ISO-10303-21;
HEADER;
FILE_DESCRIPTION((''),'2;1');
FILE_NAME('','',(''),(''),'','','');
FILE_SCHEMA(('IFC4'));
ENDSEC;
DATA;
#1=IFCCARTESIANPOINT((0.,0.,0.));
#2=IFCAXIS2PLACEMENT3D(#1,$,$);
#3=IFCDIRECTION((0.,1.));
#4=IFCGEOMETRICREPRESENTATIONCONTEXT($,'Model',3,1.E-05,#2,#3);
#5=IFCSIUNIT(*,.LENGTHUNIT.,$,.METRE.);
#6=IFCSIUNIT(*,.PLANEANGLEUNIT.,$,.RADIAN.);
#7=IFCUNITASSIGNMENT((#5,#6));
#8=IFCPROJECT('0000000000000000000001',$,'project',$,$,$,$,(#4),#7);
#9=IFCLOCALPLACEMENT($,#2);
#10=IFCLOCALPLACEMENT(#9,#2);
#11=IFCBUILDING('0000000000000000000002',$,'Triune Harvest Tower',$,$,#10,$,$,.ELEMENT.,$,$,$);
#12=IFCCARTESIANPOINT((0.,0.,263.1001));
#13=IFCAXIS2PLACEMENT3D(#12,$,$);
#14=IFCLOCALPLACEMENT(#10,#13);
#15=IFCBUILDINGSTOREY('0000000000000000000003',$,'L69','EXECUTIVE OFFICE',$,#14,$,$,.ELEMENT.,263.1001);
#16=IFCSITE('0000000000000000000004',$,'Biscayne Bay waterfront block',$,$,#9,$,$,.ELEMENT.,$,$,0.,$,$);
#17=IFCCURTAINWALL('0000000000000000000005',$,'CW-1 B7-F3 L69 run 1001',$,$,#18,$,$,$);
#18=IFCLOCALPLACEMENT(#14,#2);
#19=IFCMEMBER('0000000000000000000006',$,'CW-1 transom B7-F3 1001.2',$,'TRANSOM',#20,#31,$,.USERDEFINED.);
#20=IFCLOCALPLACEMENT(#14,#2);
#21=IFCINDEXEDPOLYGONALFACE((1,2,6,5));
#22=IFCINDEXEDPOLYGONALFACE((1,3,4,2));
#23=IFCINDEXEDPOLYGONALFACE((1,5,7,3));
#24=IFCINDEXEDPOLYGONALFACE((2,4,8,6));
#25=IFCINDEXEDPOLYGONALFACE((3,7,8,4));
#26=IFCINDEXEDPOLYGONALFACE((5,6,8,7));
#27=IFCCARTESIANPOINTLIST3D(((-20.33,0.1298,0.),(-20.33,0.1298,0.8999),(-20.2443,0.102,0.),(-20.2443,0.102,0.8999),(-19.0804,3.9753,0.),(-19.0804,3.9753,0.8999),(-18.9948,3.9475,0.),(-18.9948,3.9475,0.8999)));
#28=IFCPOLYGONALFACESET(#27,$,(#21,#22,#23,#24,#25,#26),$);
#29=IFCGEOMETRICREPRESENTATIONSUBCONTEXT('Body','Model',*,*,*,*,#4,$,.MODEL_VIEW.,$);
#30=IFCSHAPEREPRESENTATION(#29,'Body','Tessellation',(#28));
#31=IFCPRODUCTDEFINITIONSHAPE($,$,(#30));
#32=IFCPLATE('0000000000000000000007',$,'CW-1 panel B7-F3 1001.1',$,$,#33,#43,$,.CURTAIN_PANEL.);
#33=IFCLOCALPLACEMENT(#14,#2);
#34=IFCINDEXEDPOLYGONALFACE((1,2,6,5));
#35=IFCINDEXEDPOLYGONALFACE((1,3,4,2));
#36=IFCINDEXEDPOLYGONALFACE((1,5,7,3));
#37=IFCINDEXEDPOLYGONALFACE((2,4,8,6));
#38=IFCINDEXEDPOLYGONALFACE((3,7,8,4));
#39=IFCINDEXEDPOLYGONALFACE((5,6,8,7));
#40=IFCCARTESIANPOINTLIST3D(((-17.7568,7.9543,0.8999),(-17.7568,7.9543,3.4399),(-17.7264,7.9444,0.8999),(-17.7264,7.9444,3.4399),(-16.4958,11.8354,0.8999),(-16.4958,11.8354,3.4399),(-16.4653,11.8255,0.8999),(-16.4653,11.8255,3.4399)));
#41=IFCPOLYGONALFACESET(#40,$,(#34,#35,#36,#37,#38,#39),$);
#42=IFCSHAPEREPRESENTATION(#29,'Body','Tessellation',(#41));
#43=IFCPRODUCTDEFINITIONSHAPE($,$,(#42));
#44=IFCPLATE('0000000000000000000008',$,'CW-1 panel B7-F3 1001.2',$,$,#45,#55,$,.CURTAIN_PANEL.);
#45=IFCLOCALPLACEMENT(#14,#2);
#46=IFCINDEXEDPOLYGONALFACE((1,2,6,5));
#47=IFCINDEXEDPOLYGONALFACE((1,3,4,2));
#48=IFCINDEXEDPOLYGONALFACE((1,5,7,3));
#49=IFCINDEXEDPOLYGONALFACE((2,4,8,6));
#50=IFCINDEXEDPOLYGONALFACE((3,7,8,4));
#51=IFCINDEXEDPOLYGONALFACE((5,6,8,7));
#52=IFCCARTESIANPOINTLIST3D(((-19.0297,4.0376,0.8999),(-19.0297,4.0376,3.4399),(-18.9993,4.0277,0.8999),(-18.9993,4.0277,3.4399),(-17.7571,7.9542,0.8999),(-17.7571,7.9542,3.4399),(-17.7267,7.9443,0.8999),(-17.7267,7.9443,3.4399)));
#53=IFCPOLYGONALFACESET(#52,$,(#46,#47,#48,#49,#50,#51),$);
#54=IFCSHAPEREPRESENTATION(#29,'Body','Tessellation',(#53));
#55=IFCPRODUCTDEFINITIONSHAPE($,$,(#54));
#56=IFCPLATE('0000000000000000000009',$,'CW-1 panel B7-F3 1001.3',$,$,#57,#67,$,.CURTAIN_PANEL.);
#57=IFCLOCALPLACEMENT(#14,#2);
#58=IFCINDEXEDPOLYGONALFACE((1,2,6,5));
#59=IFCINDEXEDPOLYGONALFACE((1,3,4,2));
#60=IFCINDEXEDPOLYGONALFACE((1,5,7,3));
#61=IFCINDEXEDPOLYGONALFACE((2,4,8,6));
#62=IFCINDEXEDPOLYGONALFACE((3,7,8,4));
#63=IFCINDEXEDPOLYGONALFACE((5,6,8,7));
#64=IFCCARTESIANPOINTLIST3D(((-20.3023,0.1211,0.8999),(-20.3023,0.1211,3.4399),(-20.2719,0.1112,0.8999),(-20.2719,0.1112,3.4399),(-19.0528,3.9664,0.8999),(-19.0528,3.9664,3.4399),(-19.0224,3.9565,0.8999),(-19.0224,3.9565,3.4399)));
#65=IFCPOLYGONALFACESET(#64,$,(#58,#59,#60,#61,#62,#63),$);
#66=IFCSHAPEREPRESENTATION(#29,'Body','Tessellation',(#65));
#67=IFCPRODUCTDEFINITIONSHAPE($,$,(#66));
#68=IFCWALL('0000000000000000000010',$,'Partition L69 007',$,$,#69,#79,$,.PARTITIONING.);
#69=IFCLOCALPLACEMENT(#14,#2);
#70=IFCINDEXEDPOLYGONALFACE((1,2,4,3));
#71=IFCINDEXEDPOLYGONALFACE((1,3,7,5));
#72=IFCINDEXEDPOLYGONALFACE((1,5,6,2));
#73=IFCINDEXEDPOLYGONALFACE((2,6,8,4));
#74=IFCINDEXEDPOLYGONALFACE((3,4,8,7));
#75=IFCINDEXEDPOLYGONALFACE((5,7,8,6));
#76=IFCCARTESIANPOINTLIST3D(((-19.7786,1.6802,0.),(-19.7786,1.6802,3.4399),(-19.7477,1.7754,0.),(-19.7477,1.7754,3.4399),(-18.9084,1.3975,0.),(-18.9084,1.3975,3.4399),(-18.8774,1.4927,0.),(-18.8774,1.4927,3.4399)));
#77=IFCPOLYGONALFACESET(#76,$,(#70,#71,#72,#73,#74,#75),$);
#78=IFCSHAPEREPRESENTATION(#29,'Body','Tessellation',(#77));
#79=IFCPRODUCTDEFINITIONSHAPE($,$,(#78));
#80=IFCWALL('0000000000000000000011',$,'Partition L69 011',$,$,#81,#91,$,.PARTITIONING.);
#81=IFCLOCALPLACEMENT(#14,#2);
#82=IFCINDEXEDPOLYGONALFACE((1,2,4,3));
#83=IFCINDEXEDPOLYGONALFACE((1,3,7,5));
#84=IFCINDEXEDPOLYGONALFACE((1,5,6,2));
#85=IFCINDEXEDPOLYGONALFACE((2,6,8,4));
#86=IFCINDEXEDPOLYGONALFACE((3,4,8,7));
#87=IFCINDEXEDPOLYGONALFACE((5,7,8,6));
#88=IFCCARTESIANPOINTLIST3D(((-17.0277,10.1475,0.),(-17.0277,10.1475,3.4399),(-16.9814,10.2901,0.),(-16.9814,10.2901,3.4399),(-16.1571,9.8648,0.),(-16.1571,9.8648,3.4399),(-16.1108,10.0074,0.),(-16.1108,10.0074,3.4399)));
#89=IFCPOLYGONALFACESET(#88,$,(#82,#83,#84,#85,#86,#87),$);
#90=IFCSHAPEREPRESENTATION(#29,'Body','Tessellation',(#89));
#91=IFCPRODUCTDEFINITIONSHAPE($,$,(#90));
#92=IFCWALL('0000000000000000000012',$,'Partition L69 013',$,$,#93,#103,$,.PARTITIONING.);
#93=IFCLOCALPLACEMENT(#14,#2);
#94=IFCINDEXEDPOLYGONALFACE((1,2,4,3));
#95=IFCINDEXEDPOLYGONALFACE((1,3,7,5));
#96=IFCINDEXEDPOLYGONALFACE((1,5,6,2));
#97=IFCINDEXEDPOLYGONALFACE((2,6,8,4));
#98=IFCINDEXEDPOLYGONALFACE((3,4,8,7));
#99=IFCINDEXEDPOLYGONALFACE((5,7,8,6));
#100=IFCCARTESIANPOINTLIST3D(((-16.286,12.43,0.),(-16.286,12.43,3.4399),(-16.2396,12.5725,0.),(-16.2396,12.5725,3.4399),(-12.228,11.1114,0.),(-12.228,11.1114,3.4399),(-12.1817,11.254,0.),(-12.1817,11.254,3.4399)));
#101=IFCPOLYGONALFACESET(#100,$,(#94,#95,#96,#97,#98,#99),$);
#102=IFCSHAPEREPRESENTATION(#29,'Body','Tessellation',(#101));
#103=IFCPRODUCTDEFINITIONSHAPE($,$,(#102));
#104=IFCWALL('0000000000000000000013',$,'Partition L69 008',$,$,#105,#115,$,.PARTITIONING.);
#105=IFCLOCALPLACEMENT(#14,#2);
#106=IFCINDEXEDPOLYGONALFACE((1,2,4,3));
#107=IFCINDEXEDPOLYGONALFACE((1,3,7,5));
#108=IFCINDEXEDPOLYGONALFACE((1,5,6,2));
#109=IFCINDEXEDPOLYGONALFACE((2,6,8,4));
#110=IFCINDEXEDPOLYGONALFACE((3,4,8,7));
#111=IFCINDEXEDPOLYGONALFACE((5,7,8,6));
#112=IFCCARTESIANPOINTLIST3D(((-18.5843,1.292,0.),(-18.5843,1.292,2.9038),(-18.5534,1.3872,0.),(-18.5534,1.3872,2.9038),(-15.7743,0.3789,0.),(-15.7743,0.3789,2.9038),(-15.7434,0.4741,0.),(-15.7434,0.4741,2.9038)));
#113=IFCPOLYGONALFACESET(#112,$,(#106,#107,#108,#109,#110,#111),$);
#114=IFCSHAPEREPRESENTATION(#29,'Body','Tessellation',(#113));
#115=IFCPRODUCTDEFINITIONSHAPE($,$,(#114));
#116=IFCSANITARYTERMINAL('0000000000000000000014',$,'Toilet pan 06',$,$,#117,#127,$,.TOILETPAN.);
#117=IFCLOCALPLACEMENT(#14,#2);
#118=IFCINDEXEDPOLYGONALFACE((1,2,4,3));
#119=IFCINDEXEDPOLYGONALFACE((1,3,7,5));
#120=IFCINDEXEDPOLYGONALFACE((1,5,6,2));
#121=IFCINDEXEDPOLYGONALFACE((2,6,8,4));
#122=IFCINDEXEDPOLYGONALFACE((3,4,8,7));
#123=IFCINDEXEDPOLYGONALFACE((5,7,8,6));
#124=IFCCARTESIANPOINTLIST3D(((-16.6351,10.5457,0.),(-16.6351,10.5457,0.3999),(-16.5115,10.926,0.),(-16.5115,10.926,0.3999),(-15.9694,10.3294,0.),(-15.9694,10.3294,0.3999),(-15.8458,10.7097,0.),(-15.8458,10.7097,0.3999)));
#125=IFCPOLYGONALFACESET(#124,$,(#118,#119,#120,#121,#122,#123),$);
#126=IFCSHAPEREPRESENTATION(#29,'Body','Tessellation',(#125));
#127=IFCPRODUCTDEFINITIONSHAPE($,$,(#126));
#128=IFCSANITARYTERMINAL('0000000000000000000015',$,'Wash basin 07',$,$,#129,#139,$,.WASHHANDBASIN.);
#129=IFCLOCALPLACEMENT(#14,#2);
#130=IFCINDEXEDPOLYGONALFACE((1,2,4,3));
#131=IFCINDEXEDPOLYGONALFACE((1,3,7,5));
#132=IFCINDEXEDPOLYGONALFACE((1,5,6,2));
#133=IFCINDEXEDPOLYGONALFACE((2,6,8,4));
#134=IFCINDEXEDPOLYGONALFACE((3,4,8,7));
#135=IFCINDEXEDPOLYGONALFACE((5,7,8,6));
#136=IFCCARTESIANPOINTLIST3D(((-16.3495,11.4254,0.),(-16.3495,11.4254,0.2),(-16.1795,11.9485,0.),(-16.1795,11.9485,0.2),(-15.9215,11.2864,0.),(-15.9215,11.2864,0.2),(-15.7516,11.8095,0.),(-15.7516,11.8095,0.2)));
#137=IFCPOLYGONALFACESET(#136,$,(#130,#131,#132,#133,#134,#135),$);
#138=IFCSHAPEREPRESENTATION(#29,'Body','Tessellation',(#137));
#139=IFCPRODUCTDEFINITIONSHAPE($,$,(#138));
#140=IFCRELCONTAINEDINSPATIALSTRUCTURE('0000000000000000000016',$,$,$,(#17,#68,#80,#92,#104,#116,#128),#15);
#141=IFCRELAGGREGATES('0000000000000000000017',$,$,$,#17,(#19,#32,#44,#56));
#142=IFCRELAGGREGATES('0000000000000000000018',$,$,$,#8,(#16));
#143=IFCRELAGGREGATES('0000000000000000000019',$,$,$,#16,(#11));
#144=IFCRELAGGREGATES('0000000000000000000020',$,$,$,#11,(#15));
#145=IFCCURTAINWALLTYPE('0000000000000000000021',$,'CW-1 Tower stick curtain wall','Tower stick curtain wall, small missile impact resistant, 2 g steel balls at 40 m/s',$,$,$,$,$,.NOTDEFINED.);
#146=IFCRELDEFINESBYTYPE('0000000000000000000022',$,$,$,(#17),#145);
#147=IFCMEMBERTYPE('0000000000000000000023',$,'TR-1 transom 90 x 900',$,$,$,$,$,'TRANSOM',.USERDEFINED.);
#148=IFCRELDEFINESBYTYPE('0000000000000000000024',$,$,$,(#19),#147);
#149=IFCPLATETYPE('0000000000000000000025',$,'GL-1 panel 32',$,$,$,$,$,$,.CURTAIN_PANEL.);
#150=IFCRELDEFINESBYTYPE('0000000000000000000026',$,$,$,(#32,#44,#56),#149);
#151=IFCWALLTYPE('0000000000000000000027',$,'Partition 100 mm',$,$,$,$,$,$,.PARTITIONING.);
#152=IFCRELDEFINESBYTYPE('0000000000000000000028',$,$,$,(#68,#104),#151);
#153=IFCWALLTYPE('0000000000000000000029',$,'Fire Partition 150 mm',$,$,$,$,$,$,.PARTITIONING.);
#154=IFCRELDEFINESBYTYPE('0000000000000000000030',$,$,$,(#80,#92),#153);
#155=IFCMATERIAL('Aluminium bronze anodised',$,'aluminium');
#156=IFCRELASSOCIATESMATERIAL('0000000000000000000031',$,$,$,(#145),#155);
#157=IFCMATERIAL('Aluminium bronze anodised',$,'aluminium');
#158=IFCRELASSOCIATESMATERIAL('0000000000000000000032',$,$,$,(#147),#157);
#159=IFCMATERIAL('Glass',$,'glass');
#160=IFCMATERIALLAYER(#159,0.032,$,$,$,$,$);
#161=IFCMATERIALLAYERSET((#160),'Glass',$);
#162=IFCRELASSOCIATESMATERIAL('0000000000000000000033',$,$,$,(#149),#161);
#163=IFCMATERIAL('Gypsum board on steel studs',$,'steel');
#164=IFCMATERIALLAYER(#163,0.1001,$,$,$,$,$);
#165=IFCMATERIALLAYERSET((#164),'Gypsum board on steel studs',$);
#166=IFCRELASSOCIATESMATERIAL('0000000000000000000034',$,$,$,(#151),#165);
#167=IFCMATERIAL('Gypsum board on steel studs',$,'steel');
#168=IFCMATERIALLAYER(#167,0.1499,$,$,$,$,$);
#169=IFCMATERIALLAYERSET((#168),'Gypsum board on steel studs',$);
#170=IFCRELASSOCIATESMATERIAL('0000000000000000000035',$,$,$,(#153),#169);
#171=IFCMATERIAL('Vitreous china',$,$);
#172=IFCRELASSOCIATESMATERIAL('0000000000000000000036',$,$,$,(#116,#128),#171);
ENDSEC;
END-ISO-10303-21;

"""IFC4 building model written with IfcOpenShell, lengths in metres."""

from ifc_helpers import new_model, si_unit, direction, frame, frame_2d, origin, origin_2d, place, context, subcontext, project, spatial, rectangle, extrude, source, transform, mapped, material, layer, layer_set, material_profile, profile_set, type_object, element, aggregate, save


model = new_model("IFC4")

# Units and contexts
model_context = context("Model", 3, precision=1e-05, world=origin(), true_north=direction((0.0, 1.0)))
body_context = subcontext(model_context, "Body", "Model", "MODEL_VIEW")
ifc_project = project(units=[si_unit("LENGTHUNIT", "METRE"), si_unit("PLANEANGLEUNIT", "RADIAN")], contexts=[model_context])

# Site, building, storey
site_placement = place(None, origin())
site = spatial("IfcSite", under=ifc_project, at=site_placement, Name="Biscayne Bay waterfront block", CompositionType="ELEMENT", RefElevation=0.0)
building_placement = place(site_placement, origin())
building = spatial("IfcBuilding", under=site, at=building_placement, Name="Triune Harvest Tower", CompositionType="ELEMENT")
storey_placement = place(building_placement, frame((0.0, 0.0, 263.1001)))
storey = spatial("IfcBuildingStorey", under=building, at=storey_placement, Name="L69", Description="EXECUTIVE OFFICE", CompositionType="ELEMENT", Elevation=263.1001)

# Curtain wall, member, plates
ifc_material_1 = material(Name="Aluminium bronze anodised", Category="aluminium")
curtain_wall_type_1 = type_object("IfcCurtainWallType", Name="CW-1 Tower stick curtain wall", Description="Tower stick curtain wall, small missile impact resistant, 2 g steel balls at 40 m/s", PredefinedType="NOTDEFINED", material=ifc_material_1)
curtain_wall_1_placement = place(storey_placement, origin())
curtain_wall_1 = element("IfcCurtainWall", 1, at=curtain_wall_1_placement, inside=storey, type_object=curtain_wall_type_1, Name="CW-1 B7-F3 L69 run 1001")
ifc_material_2 = material(Name="Aluminium bronze anodised", Category="aluminium")
ifc_material_profile_1 = material_profile(ifc_material_2, rectangle(XDim=0.0901, YDim=0.8999, at=origin_2d()), Name="TR-1 transom 90 x 900")
ifc_profile_set_1 = profile_set([ifc_material_profile_1], Name="Aluminium bronze anodised")
member_type_1 = type_object("IfcMemberType", Name="TR-1 transom 90 x 900", ElementType="TRANSOM", PredefinedType="USERDEFINED", material=ifc_profile_set_1)
shared_shape_1 = source(origin(), body_context, "Body", "SweptSolid", [
    extrude(rectangle(XDim=0.0901, YDim=0.8999, at=origin_2d()), origin(), (0.0, 0.0, 1.0), 4.0435),
])
member_1_placement = place(storey_placement, frame((-19.0376, 3.9614, 0.45), z_axis=(-0.309027, -0.951053, 0.0), x_axis=(0.951053, -0.309027, 0.0)))
member_1 = element("IfcMember", 2, at=member_1_placement, type_object=member_type_1, Name="CW-1 transom B7-F3 1001.2", ObjectType="TRANSOM", PredefinedType="USERDEFINED", context=body_context, shape_type="MappedRepresentation", body=[
    mapped(shared_shape_1, transform((0.0, 0.0, 0.0), scale=1.0)),
])
ifc_material_3 = material(Name="Glass", Category="glass")
ifc_layer_1 = layer(ifc_material_3, 0.032)
ifc_layer_set_1 = layer_set([ifc_layer_1], Name="Glass")
plate_type = type_object("IfcPlateType", Name="GL-1 panel 32", PredefinedType="CURTAIN_PANEL", material=ifc_layer_set_1)
shared_shape_2 = source(origin(), body_context, "Body", "SweptSolid", [
    extrude(rectangle(XDim=4.0808, YDim=0.032, at=origin_2d()), origin(), (0.0, 0.0, 1.0), 2.54),
])
plate_1_placement = place(storey_placement, frame((-17.1111, 9.8899, 0.8999), z_axis=(0.0, 0.0, 1.0), x_axis=(-0.309024, -0.951054, 0.0)))
plate_1 = element("IfcPlate", 3, at=plate_1_placement, type_object=plate_type, Name="CW-1 panel B7-F3 1001.1", PredefinedType="CURTAIN_PANEL", context=body_context, shape_type="MappedRepresentation", body=[
    mapped(shared_shape_2, transform((0.0, 0.0, 0.0), scale=1.0)),
])
shared_shape_3 = source(origin(), body_context, "Body", "SweptSolid", [
    extrude(rectangle(XDim=4.1182, YDim=0.032, at=origin_2d()), origin(), (0.0, 0.0, 1.0), 2.54),
])
plate_2_placement = place(storey_placement, frame((-18.3782, 5.991, 0.8999), z_axis=(0.0, 0.0, 1.0), x_axis=(-0.309024, -0.951054, 0.0)))
plate_2 = element("IfcPlate", 4, at=plate_2_placement, type_object=plate_type, Name="CW-1 panel B7-F3 1001.2", PredefinedType="CURTAIN_PANEL", context=body_context, shape_type="MappedRepresentation", body=[
    mapped(shared_shape_3, transform((0.0, 0.0, 0.0), scale=1.0)),
])
shared_shape_4 = source(origin(), body_context, "Body", "SweptSolid", [
    extrude(rectangle(XDim=4.0432, YDim=0.032, at=origin_2d()), origin(), (0.0, 0.0, 1.0), 2.54),
])
plate_3_placement = place(storey_placement, frame((-19.6624, 2.0388, 0.8999), z_axis=(0.0, 0.0, 1.0), x_axis=(-0.309024, -0.951054, 0.0)))
plate_3 = element("IfcPlate", 5, at=plate_3_placement, type_object=plate_type, Name="CW-1 panel B7-F3 1001.3", PredefinedType="CURTAIN_PANEL", context=body_context, shape_type="MappedRepresentation", body=[
    mapped(shared_shape_4, transform((0.0, 0.0, 0.0), scale=1.0)),
])
aggregate(curtain_wall_1, [member_1, plate_1, plate_2, plate_3])

# Walls
ifc_material_4 = material(Name="Gypsum board on steel studs", Category="steel")
ifc_layer_2 = layer(ifc_material_4, 0.1001)
ifc_layer_set_2 = layer_set([ifc_layer_2], Name="Gypsum board on steel studs")
wall_type_1 = type_object("IfcWallType", Name="Partition 100 mm", PredefinedType="PARTITIONING", material=ifc_layer_set_2)
shared_shape_5 = source(origin(), body_context, "Body", "SweptSolid", [
    extrude(rectangle(XDim=0.915, YDim=0.1001, at=frame_2d((0.4575, 0.0))), origin(), (0.0, 0.0, 1.0), 3.4399),
])
wall_1_placement = place(storey_placement, frame((-19.7632, 1.7278, 0.0), z_axis=(0.0, 0.0, 1.0), x_axis=(0.951083, -0.308935, 0.0)))
element("IfcWall", 6, at=wall_1_placement, inside=storey, type_object=wall_type_1, Name="Partition L69 007", PredefinedType="PARTITIONING", context=body_context, shape_type="MappedRepresentation", body=[
    mapped(shared_shape_5, transform((0.0, 0.0, 0.0), scale=1.0)),
])
ifc_material_5 = material(Name="Gypsum board on steel studs", Category="steel")
ifc_layer_3 = layer(ifc_material_5, 0.1499)
ifc_layer_set_3 = layer_set([ifc_layer_3], Name="Gypsum board on steel studs")
wall_type_2 = type_object("IfcWallType", Name="Fire Partition 150 mm", PredefinedType="PARTITIONING", material=ifc_layer_set_3)
shared_shape_6 = source(origin(), body_context, "Body", "SweptSolid", [
    extrude(rectangle(XDim=0.9153, YDim=0.1499, at=frame_2d((0.4575, 0.0))), origin(), (0.0, 0.0, 1.0), 3.4399),
])
wall_2_placement = place(storey_placement, frame((-17.0044, 10.2188, 0.0), z_axis=(0.0, 0.0, 1.0), x_axis=(0.951109, -0.308857, 0.0)))
element("IfcWall", 7, at=wall_2_placement, inside=storey, type_object=wall_type_2, Name="Partition L69 011", PredefinedType="PARTITIONING", context=body_context, shape_type="MappedRepresentation", body=[
    mapped(shared_shape_6, transform((0.0, 0.0, 0.0), scale=1.0)),
])
shared_shape_7 = source(origin(), body_context, "Body", "SweptSolid", [
    extrude(rectangle(XDim=4.2668, YDim=0.1499, at=frame_2d((2.1333, 0.0))), origin(), (0.0, 0.0, 1.0), 3.4399),
])
wall_3_placement = place(storey_placement, frame((-16.2627, 12.5012, 0.0), z_axis=(0.0, 0.0, 1.0), x_axis=(0.951053, -0.309027, 0.0)))
element("IfcWall", 8, at=wall_3_placement, inside=storey, type_object=wall_type_2, Name="Partition L69 013", PredefinedType="PARTITIONING", context=body_context, shape_type="MappedRepresentation", body=[
    mapped(shared_shape_7, transform((0.0, 0.0, 0.0), scale=1.0)),
])
shared_shape_8 = source(origin(), body_context, "Body", "SweptSolid", [
    extrude(rectangle(XDim=2.9546, YDim=0.1001, at=frame_2d((1.4773, 0.0))), origin(), (0.0, 0.0, 1.0), 2.9038),
])
wall_4_placement = place(storey_placement, frame((-18.5688, 1.3396, 0.0), z_axis=(0.0, 0.0, 1.0), x_axis=(0.951052, -0.30903, 0.0)))
element("IfcWall", 9, at=wall_4_placement, inside=storey, type_object=wall_type_1, Name="Partition L69 008", PredefinedType="PARTITIONING", context=body_context, shape_type="MappedRepresentation", body=[
    mapped(shared_shape_8, transform((0.0, 0.0, 0.0), scale=1.0)),
])

# Sanitary terminals
ifc_material_6 = material(Name="Vitreous china")
shared_shape_9 = source(origin(), body_context, "Body", "SweptSolid", [
    extrude(rectangle(XDim=0.3999, YDim=0.7, at=origin_2d()), origin(), (0.0, 0.0, 1.0), 0.3999),
])
sanitary_terminal_1_placement = place(storey_placement, frame((-16.2405, 10.6277, 0.0), z_axis=(0.0, 0.0, 1.0), x_axis=(0.308984, 0.951067, 0.0)))
element("IfcSanitaryTerminal", 10, at=sanitary_terminal_1_placement, inside=storey, material=ifc_material_6, Name="Toilet pan 06", PredefinedType="TOILETPAN", context=body_context, shape_type="MappedRepresentation", body=[
    mapped(shared_shape_9, transform((0.0, 0.0, 0.0), scale=1.0)),
])
shared_shape_10 = source(origin(), body_context, "Body", "SweptSolid", [
    extrude(rectangle(XDim=0.55, YDim=0.45, at=origin_2d()), origin(), (0.0, 0.0, 1.0), 0.2),
])
sanitary_terminal_2_placement = place(storey_placement, frame((-16.0505, 11.6174, 0.0), z_axis=(0.0, 0.0, 1.0), x_axis=(0.308984, 0.951067, 0.0)))
element("IfcSanitaryTerminal", 11, at=sanitary_terminal_2_placement, inside=storey, material=ifc_material_6, Name="Wash basin 07", PredefinedType="WASHHANDBASIN", context=body_context, shape_type="MappedRepresentation", body=[
    mapped(shared_shape_10, transform((0.0, 0.0, 0.0), scale=1.0)),
])

save(model, "model.ifc")
